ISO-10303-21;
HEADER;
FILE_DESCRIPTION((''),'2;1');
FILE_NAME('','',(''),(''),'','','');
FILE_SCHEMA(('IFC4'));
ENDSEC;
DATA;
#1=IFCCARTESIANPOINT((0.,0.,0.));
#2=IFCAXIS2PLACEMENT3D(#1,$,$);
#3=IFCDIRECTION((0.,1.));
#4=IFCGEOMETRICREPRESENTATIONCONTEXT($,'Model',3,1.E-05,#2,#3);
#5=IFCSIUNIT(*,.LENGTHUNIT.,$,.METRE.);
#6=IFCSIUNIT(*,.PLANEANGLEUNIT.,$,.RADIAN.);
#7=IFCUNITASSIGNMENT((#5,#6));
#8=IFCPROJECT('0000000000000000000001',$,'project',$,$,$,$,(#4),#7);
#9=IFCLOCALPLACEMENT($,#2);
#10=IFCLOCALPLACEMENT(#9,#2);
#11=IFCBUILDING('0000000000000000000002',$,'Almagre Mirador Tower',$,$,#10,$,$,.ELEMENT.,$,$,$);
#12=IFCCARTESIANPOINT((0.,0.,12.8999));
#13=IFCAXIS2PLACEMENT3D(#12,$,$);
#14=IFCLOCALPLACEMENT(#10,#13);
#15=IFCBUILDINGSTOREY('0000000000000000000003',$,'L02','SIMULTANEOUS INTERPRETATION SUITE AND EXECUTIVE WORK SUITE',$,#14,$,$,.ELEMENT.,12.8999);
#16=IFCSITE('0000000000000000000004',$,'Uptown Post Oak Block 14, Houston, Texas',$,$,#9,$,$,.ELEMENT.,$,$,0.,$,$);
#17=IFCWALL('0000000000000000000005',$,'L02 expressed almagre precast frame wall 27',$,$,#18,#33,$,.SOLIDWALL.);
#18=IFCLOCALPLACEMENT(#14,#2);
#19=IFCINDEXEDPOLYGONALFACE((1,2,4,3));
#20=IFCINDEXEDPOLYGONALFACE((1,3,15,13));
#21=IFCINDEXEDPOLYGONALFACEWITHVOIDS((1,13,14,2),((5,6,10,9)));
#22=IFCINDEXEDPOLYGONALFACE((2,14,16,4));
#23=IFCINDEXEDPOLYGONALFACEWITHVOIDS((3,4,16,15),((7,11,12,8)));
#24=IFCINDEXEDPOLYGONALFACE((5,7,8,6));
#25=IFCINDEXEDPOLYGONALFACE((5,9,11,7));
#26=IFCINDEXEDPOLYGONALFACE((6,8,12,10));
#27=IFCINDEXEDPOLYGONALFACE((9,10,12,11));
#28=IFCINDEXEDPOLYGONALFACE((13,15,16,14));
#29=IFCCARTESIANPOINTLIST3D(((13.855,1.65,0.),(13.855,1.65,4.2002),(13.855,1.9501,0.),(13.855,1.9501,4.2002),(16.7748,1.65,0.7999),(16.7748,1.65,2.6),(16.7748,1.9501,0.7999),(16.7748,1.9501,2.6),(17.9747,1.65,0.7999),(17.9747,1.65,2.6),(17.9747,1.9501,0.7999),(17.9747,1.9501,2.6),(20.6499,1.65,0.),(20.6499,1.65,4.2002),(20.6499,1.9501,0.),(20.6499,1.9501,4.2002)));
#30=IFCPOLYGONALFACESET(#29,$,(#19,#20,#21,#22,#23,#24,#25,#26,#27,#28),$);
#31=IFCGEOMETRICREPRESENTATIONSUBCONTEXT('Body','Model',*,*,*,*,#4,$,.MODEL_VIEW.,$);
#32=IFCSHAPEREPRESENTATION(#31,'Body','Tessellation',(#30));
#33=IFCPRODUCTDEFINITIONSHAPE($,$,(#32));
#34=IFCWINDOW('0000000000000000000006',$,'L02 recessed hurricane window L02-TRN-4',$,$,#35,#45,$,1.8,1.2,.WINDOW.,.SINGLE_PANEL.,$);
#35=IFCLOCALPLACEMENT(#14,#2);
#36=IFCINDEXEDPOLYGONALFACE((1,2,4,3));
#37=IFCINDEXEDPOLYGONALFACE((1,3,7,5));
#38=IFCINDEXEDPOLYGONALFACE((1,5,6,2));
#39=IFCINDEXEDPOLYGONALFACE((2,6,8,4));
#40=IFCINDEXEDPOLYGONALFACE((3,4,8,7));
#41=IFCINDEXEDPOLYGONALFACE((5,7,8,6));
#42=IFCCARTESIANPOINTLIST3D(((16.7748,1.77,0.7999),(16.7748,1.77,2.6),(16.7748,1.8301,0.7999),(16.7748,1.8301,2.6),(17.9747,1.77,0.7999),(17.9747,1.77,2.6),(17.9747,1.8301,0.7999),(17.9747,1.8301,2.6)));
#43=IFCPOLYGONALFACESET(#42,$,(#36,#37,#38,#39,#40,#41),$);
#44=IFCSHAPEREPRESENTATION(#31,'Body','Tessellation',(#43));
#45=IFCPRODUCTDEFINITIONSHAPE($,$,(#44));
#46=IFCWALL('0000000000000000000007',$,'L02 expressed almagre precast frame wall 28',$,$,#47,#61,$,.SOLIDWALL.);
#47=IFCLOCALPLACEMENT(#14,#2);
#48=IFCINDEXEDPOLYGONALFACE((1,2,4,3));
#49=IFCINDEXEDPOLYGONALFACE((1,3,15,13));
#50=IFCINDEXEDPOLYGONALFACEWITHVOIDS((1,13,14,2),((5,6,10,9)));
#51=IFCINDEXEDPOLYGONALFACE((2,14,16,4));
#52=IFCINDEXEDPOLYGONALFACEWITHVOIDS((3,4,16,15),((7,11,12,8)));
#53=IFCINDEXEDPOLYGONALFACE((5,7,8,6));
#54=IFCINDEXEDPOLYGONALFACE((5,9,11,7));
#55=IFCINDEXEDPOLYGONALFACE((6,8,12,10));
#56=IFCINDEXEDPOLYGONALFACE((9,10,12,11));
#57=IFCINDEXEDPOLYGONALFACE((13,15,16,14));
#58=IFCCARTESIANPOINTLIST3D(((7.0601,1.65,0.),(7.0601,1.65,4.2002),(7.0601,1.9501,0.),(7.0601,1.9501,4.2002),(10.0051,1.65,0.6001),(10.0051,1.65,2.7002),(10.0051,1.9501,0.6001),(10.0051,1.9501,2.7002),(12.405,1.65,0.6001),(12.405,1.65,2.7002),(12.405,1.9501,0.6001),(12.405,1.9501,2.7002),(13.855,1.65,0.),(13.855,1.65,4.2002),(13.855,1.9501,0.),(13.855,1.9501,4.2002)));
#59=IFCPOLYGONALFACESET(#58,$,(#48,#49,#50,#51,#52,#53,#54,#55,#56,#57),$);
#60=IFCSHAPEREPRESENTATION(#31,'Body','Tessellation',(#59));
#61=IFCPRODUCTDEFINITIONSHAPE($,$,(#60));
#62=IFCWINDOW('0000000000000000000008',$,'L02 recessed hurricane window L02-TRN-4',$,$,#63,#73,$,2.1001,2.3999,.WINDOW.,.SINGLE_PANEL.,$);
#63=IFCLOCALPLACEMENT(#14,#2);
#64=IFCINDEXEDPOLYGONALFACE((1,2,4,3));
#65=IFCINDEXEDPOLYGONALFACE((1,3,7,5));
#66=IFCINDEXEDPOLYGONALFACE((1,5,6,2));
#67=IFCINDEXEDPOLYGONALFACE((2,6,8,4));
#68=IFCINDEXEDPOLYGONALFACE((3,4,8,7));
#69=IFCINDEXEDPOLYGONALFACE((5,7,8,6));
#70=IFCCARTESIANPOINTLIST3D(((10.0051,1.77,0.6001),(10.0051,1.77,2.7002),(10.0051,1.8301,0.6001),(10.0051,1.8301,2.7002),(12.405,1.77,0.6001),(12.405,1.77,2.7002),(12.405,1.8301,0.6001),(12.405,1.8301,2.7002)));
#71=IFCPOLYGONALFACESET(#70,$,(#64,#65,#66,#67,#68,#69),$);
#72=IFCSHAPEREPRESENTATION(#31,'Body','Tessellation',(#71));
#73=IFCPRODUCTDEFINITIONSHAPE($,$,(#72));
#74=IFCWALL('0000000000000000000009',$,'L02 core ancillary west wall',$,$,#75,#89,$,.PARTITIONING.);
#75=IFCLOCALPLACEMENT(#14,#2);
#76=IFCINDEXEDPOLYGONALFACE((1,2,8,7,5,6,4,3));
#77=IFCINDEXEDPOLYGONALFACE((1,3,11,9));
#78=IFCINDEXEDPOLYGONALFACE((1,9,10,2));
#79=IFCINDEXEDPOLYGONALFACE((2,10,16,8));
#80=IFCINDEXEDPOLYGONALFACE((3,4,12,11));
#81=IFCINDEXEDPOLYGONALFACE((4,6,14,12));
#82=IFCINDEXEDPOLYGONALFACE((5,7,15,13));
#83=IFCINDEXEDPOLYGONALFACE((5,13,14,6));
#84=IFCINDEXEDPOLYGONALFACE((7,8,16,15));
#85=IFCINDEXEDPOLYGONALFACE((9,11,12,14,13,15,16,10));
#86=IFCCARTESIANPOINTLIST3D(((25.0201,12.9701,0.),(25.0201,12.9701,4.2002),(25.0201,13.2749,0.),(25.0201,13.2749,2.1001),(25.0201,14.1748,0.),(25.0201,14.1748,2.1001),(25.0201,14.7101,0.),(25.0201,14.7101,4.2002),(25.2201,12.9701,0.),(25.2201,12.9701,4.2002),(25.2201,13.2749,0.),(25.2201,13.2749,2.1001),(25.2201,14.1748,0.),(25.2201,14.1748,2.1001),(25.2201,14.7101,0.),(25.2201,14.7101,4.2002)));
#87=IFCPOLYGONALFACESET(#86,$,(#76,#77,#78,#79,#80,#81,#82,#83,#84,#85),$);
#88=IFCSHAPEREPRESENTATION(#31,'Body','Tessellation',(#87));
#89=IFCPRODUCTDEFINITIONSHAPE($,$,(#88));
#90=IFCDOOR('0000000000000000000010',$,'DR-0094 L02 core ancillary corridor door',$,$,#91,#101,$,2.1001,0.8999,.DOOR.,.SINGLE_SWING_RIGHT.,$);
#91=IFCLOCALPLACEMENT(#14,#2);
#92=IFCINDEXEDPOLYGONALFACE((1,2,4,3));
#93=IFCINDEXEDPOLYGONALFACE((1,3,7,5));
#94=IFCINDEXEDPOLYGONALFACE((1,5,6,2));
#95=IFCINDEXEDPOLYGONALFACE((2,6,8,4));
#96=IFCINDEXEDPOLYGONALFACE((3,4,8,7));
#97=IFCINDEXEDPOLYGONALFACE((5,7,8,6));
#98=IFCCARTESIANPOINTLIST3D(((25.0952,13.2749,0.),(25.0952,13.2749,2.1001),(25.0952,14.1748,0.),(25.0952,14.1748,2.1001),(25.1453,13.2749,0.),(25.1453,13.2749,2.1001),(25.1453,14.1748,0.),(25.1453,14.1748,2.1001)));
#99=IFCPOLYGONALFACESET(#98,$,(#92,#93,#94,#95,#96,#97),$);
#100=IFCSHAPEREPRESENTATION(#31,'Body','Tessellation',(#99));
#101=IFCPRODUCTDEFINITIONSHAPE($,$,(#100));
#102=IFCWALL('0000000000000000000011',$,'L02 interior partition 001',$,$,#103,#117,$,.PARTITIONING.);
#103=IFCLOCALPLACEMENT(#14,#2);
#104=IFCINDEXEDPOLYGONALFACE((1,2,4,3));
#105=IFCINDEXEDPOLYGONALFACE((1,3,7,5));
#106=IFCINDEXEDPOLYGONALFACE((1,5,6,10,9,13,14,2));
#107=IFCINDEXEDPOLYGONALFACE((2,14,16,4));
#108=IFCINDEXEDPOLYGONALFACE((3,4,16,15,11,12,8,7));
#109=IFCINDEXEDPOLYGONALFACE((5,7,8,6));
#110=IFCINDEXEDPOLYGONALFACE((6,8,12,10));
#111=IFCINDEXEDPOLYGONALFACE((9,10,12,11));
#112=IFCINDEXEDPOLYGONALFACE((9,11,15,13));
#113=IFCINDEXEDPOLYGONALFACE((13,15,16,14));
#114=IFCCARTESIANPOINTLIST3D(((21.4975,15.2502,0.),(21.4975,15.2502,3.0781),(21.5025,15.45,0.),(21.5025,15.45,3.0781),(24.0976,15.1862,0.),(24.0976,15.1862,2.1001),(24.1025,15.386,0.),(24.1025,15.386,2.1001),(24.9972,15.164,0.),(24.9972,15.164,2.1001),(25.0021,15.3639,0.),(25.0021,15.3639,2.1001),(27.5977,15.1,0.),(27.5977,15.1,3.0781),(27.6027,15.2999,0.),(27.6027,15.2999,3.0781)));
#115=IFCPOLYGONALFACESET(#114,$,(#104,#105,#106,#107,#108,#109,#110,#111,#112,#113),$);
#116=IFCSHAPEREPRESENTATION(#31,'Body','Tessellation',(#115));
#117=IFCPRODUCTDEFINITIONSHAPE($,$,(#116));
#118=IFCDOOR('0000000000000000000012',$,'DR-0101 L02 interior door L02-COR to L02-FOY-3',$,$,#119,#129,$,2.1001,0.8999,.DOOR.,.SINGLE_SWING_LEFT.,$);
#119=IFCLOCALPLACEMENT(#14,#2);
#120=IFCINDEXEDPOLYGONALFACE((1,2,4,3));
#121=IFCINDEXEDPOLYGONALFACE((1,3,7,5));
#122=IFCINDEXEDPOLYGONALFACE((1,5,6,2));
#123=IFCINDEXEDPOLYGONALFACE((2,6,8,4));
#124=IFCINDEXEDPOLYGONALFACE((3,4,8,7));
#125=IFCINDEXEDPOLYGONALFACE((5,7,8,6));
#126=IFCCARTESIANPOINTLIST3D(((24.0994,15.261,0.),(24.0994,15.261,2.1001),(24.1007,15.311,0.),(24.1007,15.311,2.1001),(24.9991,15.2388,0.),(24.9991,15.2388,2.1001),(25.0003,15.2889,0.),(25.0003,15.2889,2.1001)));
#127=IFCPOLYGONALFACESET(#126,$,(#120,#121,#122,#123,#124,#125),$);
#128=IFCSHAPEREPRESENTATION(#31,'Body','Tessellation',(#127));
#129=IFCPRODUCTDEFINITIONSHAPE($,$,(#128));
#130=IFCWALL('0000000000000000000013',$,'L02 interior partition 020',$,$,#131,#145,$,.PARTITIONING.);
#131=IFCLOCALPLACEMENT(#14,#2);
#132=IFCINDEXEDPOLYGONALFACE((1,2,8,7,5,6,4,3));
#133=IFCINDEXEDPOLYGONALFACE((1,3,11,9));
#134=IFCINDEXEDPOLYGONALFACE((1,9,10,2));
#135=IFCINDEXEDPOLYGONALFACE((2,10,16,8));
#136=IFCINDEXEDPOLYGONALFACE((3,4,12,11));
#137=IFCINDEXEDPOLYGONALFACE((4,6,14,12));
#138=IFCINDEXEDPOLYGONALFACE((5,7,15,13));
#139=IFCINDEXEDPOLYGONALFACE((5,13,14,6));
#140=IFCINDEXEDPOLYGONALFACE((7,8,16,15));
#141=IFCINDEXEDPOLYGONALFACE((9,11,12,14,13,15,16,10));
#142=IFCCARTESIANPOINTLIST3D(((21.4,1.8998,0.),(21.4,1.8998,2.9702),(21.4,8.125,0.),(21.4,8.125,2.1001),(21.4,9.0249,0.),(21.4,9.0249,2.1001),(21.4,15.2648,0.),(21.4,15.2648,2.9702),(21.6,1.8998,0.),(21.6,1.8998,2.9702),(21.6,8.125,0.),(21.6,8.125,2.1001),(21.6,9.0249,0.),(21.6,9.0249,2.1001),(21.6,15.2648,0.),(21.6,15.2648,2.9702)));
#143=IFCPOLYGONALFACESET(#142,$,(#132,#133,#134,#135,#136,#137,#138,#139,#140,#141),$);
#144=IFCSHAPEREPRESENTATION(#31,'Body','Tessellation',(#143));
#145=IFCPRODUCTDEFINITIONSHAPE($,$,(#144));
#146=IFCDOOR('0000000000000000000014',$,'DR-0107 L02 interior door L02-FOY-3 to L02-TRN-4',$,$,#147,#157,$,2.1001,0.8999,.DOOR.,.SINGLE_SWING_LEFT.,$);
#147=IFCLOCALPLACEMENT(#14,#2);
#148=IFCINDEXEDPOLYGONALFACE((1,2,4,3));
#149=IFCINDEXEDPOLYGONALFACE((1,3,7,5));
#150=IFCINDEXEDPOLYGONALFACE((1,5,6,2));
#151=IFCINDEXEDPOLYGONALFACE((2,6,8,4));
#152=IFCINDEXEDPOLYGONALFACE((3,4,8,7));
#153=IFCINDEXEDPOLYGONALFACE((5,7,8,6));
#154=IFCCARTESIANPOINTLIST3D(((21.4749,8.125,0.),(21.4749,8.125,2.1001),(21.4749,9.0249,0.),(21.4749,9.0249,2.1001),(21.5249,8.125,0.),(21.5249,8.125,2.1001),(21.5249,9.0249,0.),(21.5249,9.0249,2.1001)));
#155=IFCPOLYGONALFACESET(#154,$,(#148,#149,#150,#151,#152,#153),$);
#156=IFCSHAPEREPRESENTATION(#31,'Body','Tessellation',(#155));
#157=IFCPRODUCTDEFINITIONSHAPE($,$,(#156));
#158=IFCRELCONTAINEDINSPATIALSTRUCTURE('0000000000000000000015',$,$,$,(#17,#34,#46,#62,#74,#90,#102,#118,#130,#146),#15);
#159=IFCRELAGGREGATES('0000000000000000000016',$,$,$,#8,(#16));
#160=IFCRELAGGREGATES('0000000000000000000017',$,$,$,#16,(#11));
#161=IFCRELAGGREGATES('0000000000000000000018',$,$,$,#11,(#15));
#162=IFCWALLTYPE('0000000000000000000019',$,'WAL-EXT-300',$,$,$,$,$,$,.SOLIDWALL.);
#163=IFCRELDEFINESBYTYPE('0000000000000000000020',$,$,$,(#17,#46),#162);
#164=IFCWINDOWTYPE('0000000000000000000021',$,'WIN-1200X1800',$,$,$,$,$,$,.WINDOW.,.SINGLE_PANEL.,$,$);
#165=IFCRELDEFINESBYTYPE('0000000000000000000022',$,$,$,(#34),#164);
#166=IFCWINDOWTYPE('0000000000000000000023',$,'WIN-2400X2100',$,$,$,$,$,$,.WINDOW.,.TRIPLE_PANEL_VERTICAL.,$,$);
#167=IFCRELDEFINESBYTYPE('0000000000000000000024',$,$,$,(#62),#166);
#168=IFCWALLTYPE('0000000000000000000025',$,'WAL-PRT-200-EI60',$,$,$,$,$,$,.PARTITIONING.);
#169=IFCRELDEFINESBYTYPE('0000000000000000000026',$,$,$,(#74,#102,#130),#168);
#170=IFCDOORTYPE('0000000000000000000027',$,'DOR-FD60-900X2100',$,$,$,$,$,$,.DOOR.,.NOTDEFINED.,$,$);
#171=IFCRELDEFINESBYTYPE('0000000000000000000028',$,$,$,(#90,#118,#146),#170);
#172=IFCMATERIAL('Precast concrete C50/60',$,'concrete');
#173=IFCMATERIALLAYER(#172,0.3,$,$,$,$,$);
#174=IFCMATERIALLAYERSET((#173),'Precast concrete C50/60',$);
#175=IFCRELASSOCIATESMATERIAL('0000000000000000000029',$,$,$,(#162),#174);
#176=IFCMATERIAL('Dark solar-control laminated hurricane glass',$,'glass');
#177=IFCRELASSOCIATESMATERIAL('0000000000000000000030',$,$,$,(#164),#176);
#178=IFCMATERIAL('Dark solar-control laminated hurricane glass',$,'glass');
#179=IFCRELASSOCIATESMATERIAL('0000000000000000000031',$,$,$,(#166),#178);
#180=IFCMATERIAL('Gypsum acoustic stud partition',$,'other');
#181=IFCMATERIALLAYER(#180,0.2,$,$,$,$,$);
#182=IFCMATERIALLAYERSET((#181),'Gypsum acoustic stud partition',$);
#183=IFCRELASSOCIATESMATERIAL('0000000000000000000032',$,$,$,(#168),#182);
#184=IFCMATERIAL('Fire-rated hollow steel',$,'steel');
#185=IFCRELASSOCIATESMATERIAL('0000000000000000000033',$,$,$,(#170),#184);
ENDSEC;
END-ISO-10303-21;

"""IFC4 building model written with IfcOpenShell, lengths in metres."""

from ifc_helpers import new_model, si_unit, direction, frame, frame_2d, origin, place, context, subcontext, project, spatial, rectangle, extrude, material, layer, layer_set, type_object, element, fill, save


model = new_model("IFC4")

# Units and contexts
model_context = context("Model", 3, precision=1e-05, world=origin(), true_north=direction((0.0, 1.0)))
body_context = subcontext(model_context, "Body", "Model", "MODEL_VIEW")
ifc_project = project(units=[si_unit("LENGTHUNIT", "METRE"), si_unit("PLANEANGLEUNIT", "RADIAN")], contexts=[model_context])

# Site, building, storey
site_placement = place(None, origin())
site = spatial("IfcSite", under=ifc_project, at=site_placement, Name="Uptown Post Oak Block 14, Houston, Texas", CompositionType="ELEMENT", RefElevation=0.0)
building_placement = place(site_placement, origin())
building = spatial("IfcBuilding", under=site, at=building_placement, Name="Almagre Mirador Tower", CompositionType="ELEMENT")
storey_placement = place(building_placement, frame((0.0, 0.0, 12.8999)))
storey = spatial("IfcBuildingStorey", under=building, at=storey_placement, Name="L02", Description="SIMULTANEOUS INTERPRETATION SUITE AND EXECUTIVE WORK SUITE", CompositionType="ELEMENT", Elevation=12.8999)

# Walls, openings, windows
ifc_material_1 = material(Name="Precast concrete C50/60", Category="concrete")
ifc_layer_1 = layer(ifc_material_1, 0.3)
ifc_layer_set_1 = layer_set([ifc_layer_1], Name="Precast concrete C50/60")
wall_type_1 = type_object("IfcWallType", Name="WAL-EXT-300", PredefinedType="SOLIDWALL", material=ifc_layer_set_1)
wall_1_placement = place(storey_placement, frame((20.6499, 1.8, 0.0), z_axis=(0.0, 0.0, 1.0), x_axis=(-1.0, 0.0, 0.0)))
wall_1 = element("IfcWall", 1, at=wall_1_placement, inside=storey, type_object=wall_type_1, Name="L02 expressed almagre precast frame wall 27", PredefinedType="SOLIDWALL", context=body_context, shape_type="SweptSolid", body=[
    extrude(rectangle(XDim=6.7949, YDim=0.3, at=frame_2d((3.3975, 0.0))), origin(), (0.0, 0.0, 1.0), 4.2002),
])
opening_1_placement = place(wall_1_placement, frame((2.675, 0.0, 0.8)))
opening_1 = element("IfcOpeningElement", 2, at=opening_1_placement, cuts=wall_1, PredefinedType="OPENING", context=body_context, shape_type="SweptSolid", body=[
    extrude(rectangle(XDim=1.2, YDim=1.8, at=frame_2d((0.6001, 0.8999))), frame((0.0, 0.1599, 0.0), z_axis=(0.0, -1.0, 0.0), x_axis=(1.0, 0.0, 0.0)), (0.0, 0.0, 1.0), 0.32),
])
ifc_material_2 = material(Name="Dark solar-control laminated hurricane glass", Category="glass")
window_type_1 = type_object("IfcWindowType", Name="WIN-1200X1800", PartitioningType="SINGLE_PANEL", PredefinedType="WINDOW", material=ifc_material_2)
window_1_placement = place(opening_1_placement, origin())
window_1 = element("IfcWindow", 3, at=window_1_placement, inside=storey, type_object=window_type_1, Name="L02 recessed hurricane window L02-TRN-4", OverallHeight=1.8, OverallWidth=1.2, PartitioningType="SINGLE_PANEL", PredefinedType="WINDOW", context=body_context, shape_type="SweptSolid", body=[
    extrude(rectangle(XDim=1.2, YDim=1.8, at=frame_2d((0.6001, 0.8999))), frame((0.0, 0.03, 0.0), z_axis=(0.0, -1.0, 0.0), x_axis=(1.0, 0.0, 0.0)), (0.0, 0.0, 1.0), 0.0601),
])
fill(opening_1, window_1)
wall_2_placement = place(storey_placement, frame((13.855, 1.8, 0.0), z_axis=(0.0, 0.0, 1.0), x_axis=(-1.0, 0.0, 0.0)))
wall_2 = element("IfcWall", 4, at=wall_2_placement, inside=storey, type_object=wall_type_1, Name="L02 expressed almagre precast frame wall 28", PredefinedType="SOLIDWALL", context=body_context, shape_type="SweptSolid", body=[
    extrude(rectangle(XDim=6.7949, YDim=0.3, at=frame_2d((3.3975, 0.0))), origin(), (0.0, 0.0, 1.0), 4.2002),
])
opening_2_placement = place(wall_2_placement, frame((1.45, 0.0, 0.6001)))
opening_2 = element("IfcOpeningElement", 5, at=opening_2_placement, cuts=wall_2, PredefinedType="OPENING", context=body_context, shape_type="SweptSolid", body=[
    extrude(rectangle(XDim=2.3999, YDim=2.1001, at=frame_2d((1.2, 1.05))), frame((0.0, 0.1599, 0.0), z_axis=(0.0, -1.0, 0.0), x_axis=(1.0, 0.0, 0.0)), (0.0, 0.0, 1.0), 0.32),
])
ifc_material_3 = material(Name="Dark solar-control laminated hurricane glass", Category="glass")
window_type_2 = type_object("IfcWindowType", Name="WIN-2400X2100", PartitioningType="TRIPLE_PANEL_VERTICAL", PredefinedType="WINDOW", material=ifc_material_3)
window_2_placement = place(opening_2_placement, origin())
window_2 = element("IfcWindow", 6, at=window_2_placement, inside=storey, type_object=window_type_2, Name="L02 recessed hurricane window L02-TRN-4", OverallHeight=2.1001, OverallWidth=2.3999, PartitioningType="SINGLE_PANEL", PredefinedType="WINDOW", context=body_context, shape_type="SweptSolid", body=[
    extrude(rectangle(XDim=2.3999, YDim=2.1001, at=frame_2d((1.2, 1.05))), frame((0.0, 0.03, 0.0), z_axis=(0.0, -1.0, 0.0), x_axis=(1.0, 0.0, 0.0)), (0.0, 0.0, 1.0), 0.0601),
])
fill(opening_2, window_2)

# Walls, openings, doors
ifc_material_4 = material(Name="Gypsum acoustic stud partition", Category="other")
ifc_layer_2 = layer(ifc_material_4, 0.2)
ifc_layer_set_2 = layer_set([ifc_layer_2], Name="Gypsum acoustic stud partition")
wall_type_2 = type_object("IfcWallType", Name="WAL-PRT-200-EI60", PredefinedType="PARTITIONING", material=ifc_layer_set_2)
wall_3_placement = place(storey_placement, frame((25.1201, 12.97, 0.0), z_axis=(0.0, 0.0, 1.0), x_axis=(0.0, 1.0, 0.0)))
wall_3 = element("IfcWall", 7, at=wall_3_placement, inside=storey, type_object=wall_type_2, Name="L02 core ancillary west wall", PredefinedType="PARTITIONING", context=body_context, shape_type="SweptSolid", body=[
    extrude(rectangle(XDim=1.74, YDim=0.2, at=frame_2d((0.8701, 0.0))), origin(), (0.0, 0.0, 1.0), 4.2002),
])
opening_3_placement = place(wall_3_placement, frame((0.3049, 0.0, 0.0)))
opening_3 = element("IfcOpeningElement", 8, at=opening_3_placement, cuts=wall_3, PredefinedType="OPENING", context=body_context, shape_type="SweptSolid", body=[
    extrude(rectangle(XDim=0.8999, YDim=2.1001, at=frame_2d((0.45, 1.05))), frame((0.0, 0.1101, 0.0), z_axis=(0.0, -1.0, 0.0), x_axis=(1.0, 0.0, 0.0)), (0.0, 0.0, 1.0), 0.22),
])
ifc_material_5 = material(Name="Fire-rated hollow steel", Category="steel")
door_type = type_object("IfcDoorType", Name="DOR-FD60-900X2100", OperationType="NOTDEFINED", PredefinedType="DOOR", material=ifc_material_5)
door_1_placement = place(opening_3_placement, origin())
door_1 = element("IfcDoor", 9, at=door_1_placement, inside=storey, type_object=door_type, Name="DR-0094 L02 core ancillary corridor door", OperationType="SINGLE_SWING_RIGHT", OverallHeight=2.1001, OverallWidth=0.8999, PredefinedType="DOOR", context=body_context, shape_type="SweptSolid", body=[
    extrude(rectangle(XDim=0.8999, YDim=2.1001, at=frame_2d((0.45, 1.05))), frame((0.0, 0.0249, 0.0), z_axis=(0.0, -1.0, 0.0), x_axis=(1.0, 0.0, 0.0)), (0.0, 0.0, 1.0), 0.05),
])
fill(opening_3, door_1)
wall_4_placement = place(storey_placement, frame((21.5, 15.3501, 0.0), z_axis=(0.0, 0.0, 1.0), x_axis=(0.999697, -0.024606, 0.0)))
wall_4 = element("IfcWall", 10, at=wall_4_placement, inside=storey, type_object=wall_type_2, Name="L02 interior partition 001", PredefinedType="PARTITIONING", context=body_context, shape_type="SweptSolid", body=[
    extrude(rectangle(XDim=6.1021, YDim=0.2, at=frame_2d((3.051, 0.0))), origin(), (0.0, 0.0, 1.0), 3.0781),
])
opening_4_placement = place(wall_4_placement, frame((2.6008, 0.0, 0.0)))
opening_4 = element("IfcOpeningElement", 11, at=opening_4_placement, cuts=wall_4, PredefinedType="OPENING", context=body_context, shape_type="SweptSolid", body=[
    extrude(rectangle(XDim=0.8999, YDim=2.1001, at=frame_2d((0.45, 1.05))), frame((0.0, 0.1101, 0.0), z_axis=(0.0, -1.0, 0.0), x_axis=(1.0, 0.0, 0.0)), (0.0, 0.0, 1.0), 0.22),
])
door_2_placement = place(opening_4_placement, origin())
door_2 = element("IfcDoor", 12, at=door_2_placement, inside=storey, type_object=door_type, Name="DR-0101 L02 interior door L02-COR to L02-FOY-3", OperationType="SINGLE_SWING_LEFT", OverallHeight=2.1001, OverallWidth=0.8999, PredefinedType="DOOR", context=body_context, shape_type="SweptSolid", body=[
    extrude(rectangle(XDim=0.8999, YDim=2.1001, at=frame_2d((0.45, 1.05))), frame((0.0, 0.0249, 0.0), z_axis=(0.0, -1.0, 0.0), x_axis=(1.0, 0.0, 0.0)), (0.0, 0.0, 1.0), 0.05),
])
fill(opening_4, door_2)
wall_5_placement = place(storey_placement, frame((21.5, 15.2649, 0.0), z_axis=(0.0, 0.0, 1.0), x_axis=(0.0, -1.0, 0.0)))
wall_5 = element("IfcWall", 13, at=wall_5_placement, inside=storey, type_object=wall_type_2, Name="L02 interior partition 020", PredefinedType="PARTITIONING", context=body_context, shape_type="SweptSolid", body=[
    extrude(rectangle(XDim=13.365, YDim=0.2, at=frame_2d((6.6826, 0.0))), origin(), (0.0, 0.0, 1.0), 2.9702),
])
opening_5_placement = place(wall_5_placement, frame((6.24, 0.0, 0.0)))
opening_5 = element("IfcOpeningElement", 14, at=opening_5_placement, cuts=wall_5, PredefinedType="OPENING", context=body_context, shape_type="SweptSolid", body=[
    extrude(rectangle(XDim=0.8999, YDim=2.1001, at=frame_2d((0.45, 1.05))), frame((0.0, 0.1101, 0.0), z_axis=(0.0, -1.0, 0.0), x_axis=(1.0, 0.0, 0.0)), (0.0, 0.0, 1.0), 0.22),
])
door_3_placement = place(opening_5_placement, origin())
door_3 = element("IfcDoor", 15, at=door_3_placement, inside=storey, type_object=door_type, Name="DR-0107 L02 interior door L02-FOY-3 to L02-TRN-4", OperationType="SINGLE_SWING_LEFT", OverallHeight=2.1001, OverallWidth=0.8999, PredefinedType="DOOR", context=body_context, shape_type="SweptSolid", body=[
    extrude(rectangle(XDim=0.8999, YDim=2.1001, at=frame_2d((0.45, 1.05))), frame((0.0, 0.0249, 0.0), z_axis=(0.0, -1.0, 0.0), x_axis=(1.0, 0.0, 0.0)), (0.0, 0.0, 1.0), 0.05),
])
fill(opening_5, door_3)

save(model, "model.ifc")
